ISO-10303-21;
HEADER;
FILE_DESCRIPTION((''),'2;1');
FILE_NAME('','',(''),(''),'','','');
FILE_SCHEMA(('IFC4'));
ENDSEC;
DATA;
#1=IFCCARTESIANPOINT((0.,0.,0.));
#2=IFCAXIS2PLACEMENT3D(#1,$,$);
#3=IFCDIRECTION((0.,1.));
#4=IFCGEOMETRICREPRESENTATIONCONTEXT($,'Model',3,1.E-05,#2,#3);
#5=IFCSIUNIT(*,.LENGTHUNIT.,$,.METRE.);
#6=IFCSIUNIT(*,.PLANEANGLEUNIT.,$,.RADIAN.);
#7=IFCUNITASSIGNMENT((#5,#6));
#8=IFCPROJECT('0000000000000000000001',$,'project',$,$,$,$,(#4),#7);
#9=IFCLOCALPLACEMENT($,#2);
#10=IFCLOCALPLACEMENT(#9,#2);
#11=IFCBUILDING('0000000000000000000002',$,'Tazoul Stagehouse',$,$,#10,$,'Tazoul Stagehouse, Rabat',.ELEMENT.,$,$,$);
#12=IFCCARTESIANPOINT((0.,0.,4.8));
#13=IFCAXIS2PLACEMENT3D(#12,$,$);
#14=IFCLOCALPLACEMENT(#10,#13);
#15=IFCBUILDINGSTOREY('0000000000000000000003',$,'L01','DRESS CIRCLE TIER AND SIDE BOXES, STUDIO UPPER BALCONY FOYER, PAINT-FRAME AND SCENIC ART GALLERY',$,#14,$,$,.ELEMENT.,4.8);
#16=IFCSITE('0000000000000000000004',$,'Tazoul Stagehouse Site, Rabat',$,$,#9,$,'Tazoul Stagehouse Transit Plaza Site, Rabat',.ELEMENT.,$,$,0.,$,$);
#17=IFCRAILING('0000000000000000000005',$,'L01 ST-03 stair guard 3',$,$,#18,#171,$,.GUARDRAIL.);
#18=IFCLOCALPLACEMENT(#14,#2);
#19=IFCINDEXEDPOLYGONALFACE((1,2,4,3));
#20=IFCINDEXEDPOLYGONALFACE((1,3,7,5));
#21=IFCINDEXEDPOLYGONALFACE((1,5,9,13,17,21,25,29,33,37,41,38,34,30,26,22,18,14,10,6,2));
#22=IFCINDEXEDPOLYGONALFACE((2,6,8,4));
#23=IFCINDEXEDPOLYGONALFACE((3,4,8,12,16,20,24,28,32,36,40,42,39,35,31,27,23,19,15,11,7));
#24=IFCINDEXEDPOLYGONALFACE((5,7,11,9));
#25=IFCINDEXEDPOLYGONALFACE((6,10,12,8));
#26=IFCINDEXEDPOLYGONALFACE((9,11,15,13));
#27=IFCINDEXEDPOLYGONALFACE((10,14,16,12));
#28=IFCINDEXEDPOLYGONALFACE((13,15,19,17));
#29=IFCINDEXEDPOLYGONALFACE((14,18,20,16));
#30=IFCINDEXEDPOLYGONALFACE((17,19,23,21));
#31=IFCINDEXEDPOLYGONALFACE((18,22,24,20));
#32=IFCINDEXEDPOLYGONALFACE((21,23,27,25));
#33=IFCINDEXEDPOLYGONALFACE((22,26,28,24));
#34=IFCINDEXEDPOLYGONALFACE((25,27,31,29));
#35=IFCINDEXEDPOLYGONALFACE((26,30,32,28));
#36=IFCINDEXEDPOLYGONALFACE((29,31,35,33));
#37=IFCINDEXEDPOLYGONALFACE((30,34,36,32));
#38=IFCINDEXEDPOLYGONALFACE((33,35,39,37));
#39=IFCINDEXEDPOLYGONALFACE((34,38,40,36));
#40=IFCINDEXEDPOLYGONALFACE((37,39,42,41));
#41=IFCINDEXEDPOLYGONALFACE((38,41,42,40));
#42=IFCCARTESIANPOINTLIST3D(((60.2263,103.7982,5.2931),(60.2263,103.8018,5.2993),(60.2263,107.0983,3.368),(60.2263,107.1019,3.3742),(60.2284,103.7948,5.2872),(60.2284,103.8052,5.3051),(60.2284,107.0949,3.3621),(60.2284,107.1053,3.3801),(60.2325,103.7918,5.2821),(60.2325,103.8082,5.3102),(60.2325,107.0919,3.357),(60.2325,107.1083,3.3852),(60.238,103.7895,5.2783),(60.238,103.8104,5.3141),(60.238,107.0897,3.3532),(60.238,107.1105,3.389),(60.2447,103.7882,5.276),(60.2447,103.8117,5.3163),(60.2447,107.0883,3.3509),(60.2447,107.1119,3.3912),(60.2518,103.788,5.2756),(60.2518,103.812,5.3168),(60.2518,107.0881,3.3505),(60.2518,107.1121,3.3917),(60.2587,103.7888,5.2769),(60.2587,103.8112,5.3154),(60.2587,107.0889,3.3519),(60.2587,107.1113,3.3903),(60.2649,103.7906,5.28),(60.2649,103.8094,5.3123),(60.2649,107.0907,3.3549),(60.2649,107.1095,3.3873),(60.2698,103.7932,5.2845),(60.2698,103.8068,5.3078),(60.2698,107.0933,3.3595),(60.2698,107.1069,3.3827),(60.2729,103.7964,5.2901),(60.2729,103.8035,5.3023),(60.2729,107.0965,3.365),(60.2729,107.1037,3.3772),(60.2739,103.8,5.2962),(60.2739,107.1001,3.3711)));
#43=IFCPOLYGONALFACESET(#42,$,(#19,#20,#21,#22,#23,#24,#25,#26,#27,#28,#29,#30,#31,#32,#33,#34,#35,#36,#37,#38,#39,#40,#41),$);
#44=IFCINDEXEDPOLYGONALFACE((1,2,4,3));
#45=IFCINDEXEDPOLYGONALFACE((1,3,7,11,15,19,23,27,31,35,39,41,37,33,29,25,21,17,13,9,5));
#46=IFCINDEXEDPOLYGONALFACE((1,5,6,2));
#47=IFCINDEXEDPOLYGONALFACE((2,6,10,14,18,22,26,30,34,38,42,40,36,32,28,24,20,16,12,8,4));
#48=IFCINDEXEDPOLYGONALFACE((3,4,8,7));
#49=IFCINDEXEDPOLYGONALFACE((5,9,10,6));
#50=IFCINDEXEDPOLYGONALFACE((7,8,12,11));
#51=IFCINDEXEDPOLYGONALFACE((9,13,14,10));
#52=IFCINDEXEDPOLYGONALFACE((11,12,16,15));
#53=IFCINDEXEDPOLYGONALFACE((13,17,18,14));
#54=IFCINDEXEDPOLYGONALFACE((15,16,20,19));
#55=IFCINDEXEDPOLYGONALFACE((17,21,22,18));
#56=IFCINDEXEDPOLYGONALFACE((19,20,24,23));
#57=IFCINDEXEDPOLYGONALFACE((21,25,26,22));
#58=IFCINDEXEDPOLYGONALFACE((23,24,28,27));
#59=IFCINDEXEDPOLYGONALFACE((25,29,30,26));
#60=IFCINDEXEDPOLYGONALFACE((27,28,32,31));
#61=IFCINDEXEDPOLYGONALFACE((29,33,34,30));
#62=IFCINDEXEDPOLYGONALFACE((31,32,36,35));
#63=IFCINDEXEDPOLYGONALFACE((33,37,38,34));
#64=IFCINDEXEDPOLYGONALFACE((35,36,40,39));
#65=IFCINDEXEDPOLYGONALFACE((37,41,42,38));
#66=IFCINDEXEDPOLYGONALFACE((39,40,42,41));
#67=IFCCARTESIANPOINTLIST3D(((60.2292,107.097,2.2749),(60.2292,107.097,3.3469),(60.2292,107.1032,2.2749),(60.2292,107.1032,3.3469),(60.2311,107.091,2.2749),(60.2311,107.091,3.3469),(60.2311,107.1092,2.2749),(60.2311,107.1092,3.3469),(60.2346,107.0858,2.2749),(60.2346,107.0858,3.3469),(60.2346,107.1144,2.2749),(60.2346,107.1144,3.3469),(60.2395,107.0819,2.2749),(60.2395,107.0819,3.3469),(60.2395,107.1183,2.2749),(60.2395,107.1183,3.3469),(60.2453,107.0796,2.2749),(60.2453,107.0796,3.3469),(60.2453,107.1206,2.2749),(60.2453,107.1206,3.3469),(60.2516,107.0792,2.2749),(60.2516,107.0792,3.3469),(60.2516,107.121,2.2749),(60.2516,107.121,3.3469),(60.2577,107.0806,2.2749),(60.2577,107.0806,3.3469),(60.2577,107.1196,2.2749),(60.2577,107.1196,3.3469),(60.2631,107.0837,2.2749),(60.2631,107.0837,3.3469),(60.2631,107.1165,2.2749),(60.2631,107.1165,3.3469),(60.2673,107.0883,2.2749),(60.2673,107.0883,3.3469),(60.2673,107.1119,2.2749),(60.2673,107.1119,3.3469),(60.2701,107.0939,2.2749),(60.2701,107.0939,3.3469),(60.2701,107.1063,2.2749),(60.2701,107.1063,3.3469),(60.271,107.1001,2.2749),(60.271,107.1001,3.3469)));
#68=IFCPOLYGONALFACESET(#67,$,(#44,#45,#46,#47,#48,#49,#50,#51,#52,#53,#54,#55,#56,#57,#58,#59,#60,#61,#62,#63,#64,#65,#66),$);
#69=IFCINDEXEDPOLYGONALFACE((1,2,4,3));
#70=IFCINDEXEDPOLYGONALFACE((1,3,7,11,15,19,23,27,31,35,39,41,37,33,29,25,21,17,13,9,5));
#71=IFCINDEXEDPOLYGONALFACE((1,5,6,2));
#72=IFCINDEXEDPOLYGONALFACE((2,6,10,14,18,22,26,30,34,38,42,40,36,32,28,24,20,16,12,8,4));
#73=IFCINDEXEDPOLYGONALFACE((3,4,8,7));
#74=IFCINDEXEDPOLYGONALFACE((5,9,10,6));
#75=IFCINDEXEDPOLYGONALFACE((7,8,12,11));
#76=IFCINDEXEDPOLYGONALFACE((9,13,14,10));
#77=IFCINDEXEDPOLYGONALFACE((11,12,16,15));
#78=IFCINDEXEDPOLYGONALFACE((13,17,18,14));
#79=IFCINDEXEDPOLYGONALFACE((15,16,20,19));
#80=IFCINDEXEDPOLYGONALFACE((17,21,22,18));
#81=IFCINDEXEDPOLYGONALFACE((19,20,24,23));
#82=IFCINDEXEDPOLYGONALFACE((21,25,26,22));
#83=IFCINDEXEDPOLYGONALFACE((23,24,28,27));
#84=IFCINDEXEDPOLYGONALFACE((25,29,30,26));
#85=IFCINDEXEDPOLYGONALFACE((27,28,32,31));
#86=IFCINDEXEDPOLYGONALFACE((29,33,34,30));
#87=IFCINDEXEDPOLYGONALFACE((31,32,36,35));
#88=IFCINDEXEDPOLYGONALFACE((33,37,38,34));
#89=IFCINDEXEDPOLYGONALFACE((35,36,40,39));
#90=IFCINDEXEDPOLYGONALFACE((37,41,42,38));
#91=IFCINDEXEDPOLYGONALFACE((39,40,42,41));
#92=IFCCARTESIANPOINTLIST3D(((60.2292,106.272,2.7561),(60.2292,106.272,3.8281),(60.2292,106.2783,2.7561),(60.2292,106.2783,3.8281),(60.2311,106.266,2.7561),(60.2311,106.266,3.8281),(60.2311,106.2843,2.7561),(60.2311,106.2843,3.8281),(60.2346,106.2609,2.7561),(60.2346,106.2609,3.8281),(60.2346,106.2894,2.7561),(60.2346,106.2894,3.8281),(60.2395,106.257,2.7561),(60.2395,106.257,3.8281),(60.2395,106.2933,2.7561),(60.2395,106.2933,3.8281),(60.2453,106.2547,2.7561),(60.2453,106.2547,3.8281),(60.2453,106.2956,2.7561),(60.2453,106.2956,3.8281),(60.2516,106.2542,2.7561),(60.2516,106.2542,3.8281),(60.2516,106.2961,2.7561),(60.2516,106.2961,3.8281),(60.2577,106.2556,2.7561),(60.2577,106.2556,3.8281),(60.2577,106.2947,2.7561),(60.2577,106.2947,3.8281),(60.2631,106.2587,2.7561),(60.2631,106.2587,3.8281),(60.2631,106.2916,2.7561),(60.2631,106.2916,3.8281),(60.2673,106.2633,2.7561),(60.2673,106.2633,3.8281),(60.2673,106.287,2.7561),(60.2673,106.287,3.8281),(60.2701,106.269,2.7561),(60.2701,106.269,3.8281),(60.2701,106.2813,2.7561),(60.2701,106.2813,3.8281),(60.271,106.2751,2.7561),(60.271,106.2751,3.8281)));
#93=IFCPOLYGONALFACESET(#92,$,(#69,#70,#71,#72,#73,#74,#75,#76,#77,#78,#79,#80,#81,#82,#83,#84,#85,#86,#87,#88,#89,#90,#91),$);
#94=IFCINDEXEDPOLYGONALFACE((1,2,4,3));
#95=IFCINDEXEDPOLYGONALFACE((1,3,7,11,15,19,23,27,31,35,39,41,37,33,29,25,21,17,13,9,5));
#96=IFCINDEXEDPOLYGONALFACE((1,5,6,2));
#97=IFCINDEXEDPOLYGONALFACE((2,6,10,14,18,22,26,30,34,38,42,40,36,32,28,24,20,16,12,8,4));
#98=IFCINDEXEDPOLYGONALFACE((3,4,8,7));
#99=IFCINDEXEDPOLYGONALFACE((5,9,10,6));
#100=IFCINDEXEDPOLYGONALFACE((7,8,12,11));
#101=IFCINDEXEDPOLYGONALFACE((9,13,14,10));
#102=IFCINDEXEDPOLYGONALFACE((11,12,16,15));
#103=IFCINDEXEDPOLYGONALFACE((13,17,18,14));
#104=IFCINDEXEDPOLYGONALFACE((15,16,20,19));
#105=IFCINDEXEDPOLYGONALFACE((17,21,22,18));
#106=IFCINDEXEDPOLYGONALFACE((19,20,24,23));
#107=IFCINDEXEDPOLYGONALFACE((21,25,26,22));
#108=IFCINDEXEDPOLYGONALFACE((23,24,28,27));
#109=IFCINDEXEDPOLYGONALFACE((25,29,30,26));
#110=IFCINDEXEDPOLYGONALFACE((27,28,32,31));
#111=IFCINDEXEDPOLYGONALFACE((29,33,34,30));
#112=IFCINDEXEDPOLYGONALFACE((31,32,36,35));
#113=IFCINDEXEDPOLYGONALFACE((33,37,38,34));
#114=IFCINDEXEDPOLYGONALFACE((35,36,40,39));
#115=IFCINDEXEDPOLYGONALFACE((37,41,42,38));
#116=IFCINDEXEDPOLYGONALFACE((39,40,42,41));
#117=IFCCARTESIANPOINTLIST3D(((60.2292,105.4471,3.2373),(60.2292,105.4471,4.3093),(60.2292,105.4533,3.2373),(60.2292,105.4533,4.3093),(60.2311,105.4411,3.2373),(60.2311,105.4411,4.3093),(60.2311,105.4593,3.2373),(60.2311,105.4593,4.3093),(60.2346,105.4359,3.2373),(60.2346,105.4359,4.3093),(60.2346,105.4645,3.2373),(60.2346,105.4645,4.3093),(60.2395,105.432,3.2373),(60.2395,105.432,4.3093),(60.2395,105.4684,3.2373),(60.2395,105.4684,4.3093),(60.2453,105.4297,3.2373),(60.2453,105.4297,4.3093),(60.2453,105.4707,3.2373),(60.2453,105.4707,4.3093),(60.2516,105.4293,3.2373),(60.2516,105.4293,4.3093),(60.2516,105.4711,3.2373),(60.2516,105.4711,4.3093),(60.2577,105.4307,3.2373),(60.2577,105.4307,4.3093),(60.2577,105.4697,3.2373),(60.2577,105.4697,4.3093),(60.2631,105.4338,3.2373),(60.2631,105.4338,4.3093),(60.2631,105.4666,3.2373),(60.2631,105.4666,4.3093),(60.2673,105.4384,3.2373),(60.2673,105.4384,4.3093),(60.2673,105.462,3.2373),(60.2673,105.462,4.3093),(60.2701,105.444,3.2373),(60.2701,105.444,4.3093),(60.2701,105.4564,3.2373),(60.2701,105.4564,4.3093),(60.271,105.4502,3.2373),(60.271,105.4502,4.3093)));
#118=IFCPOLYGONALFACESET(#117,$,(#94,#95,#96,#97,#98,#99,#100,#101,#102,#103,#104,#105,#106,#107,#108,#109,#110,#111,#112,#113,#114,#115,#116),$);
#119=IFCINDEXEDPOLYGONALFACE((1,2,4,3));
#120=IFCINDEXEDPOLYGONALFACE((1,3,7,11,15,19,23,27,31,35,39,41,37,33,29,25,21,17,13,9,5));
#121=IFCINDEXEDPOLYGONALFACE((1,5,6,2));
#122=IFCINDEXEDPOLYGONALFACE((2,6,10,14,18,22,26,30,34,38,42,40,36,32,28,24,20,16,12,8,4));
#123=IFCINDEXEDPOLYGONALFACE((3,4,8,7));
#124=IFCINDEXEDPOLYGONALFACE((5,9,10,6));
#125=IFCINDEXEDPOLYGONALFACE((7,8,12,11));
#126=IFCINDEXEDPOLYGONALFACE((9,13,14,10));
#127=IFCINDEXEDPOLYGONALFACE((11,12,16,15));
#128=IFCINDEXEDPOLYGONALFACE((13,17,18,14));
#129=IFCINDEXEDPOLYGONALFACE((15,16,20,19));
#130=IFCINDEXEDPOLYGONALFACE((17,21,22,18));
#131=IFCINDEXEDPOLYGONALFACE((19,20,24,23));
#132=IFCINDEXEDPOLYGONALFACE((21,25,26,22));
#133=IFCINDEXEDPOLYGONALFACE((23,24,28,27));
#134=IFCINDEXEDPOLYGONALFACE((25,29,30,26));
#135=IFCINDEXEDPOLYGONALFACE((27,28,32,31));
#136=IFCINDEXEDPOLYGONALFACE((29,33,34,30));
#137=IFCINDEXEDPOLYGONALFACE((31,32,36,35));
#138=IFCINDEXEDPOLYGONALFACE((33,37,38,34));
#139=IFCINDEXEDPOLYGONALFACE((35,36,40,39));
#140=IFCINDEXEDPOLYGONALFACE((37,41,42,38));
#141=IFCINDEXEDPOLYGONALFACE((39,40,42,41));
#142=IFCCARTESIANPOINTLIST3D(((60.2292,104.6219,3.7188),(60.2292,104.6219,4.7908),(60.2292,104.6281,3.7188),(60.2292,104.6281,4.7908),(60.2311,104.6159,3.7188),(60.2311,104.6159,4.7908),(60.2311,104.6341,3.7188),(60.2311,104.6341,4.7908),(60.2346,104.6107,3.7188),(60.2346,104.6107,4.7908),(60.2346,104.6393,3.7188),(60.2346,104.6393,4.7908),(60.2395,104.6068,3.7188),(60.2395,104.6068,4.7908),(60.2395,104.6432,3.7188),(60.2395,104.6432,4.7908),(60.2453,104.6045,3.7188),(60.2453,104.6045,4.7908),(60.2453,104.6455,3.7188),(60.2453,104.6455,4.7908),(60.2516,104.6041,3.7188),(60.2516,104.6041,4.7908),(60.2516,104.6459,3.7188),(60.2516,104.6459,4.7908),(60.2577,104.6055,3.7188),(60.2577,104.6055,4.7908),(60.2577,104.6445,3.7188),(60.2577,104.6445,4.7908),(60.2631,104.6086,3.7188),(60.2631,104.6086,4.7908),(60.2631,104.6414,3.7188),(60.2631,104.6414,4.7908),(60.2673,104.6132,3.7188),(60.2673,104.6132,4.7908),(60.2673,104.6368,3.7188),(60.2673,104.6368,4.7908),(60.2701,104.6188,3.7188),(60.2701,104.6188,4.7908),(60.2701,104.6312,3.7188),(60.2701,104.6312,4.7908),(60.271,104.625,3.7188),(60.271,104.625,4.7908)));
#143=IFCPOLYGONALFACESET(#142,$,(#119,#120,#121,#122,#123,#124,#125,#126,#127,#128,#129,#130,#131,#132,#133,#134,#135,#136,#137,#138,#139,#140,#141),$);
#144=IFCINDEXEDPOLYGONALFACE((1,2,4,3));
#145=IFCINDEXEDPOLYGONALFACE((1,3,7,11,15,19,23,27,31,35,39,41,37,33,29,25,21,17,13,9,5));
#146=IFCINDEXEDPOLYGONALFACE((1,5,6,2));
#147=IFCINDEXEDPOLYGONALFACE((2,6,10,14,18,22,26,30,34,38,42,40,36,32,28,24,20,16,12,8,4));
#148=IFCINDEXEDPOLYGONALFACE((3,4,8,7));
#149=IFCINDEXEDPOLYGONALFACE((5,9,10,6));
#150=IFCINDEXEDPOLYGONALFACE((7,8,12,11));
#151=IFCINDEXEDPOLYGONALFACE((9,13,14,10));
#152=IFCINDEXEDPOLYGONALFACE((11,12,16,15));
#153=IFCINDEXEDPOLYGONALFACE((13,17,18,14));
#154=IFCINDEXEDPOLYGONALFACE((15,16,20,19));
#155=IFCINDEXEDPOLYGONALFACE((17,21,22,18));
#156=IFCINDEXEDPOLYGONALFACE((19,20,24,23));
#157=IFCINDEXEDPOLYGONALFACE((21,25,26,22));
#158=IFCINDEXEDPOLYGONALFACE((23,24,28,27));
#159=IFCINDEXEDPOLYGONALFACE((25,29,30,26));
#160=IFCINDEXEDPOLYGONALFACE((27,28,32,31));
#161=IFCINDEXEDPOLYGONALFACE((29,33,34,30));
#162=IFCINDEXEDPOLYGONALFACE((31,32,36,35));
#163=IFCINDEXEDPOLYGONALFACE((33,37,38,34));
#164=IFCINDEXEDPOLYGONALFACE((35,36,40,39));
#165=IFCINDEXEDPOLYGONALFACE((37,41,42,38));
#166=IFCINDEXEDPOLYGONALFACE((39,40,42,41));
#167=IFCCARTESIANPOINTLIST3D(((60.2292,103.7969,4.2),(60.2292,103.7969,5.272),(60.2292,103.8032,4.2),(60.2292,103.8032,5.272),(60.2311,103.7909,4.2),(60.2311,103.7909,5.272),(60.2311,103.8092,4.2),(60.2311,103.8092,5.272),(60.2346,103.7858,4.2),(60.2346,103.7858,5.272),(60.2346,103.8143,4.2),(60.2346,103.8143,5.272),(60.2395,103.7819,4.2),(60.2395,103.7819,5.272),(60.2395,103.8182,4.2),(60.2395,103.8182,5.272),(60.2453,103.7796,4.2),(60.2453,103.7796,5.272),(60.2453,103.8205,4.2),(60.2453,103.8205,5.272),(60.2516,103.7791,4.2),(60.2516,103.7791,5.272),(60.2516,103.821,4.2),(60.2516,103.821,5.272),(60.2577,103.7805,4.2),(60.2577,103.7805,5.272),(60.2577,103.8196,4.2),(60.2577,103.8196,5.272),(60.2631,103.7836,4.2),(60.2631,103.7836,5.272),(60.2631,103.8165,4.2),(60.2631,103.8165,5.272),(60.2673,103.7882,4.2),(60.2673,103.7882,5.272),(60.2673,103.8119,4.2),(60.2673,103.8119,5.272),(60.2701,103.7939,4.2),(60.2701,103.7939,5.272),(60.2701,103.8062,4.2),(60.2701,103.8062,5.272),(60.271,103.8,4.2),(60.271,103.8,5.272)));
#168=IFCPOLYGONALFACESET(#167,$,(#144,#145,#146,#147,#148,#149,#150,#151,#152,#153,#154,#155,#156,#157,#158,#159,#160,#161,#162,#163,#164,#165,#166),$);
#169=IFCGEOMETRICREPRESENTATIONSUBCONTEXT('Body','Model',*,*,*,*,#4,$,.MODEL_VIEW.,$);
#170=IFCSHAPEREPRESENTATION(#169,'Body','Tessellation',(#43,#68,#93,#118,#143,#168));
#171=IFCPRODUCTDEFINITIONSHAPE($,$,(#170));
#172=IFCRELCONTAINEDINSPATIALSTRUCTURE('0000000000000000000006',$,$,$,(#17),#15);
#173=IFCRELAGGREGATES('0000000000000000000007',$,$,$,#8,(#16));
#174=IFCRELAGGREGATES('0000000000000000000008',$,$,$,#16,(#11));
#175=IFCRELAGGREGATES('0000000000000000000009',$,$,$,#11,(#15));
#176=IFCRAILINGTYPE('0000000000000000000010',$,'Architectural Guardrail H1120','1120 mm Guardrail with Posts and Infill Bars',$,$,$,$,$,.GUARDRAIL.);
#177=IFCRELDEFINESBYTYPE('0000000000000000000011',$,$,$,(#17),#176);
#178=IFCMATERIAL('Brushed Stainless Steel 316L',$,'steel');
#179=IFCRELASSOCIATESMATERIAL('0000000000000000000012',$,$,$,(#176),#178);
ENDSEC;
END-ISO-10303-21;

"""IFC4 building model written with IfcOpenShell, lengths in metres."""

from ifc_helpers import new_model, si_unit, direction, frame, origin, origin_2d, place, context, subcontext, project, spatial, circle, extrude, material, material_profile, profile_set, type_object, element, save


model = new_model("IFC4")

# Units and contexts
model_context = context("Model", 3, precision=1e-05, world=origin(), true_north=direction((0.0, 1.0)))
body_context = subcontext(model_context, "Body", "Model", "MODEL_VIEW")
ifc_project = project(units=[si_unit("LENGTHUNIT", "METRE"), si_unit("PLANEANGLEUNIT", "RADIAN")], contexts=[model_context])

# Site, building, storey
site_placement = place(None, origin())
site = spatial("IfcSite", under=ifc_project, at=site_placement, Name="Tazoul Stagehouse Site, Rabat", LongName="Tazoul Stagehouse Transit Plaza Site, Rabat", CompositionType="ELEMENT", RefElevation=0.0)
building_placement = place(site_placement, origin())
building = spatial("IfcBuilding", under=site, at=building_placement, Name="Tazoul Stagehouse", LongName="Tazoul Stagehouse, Rabat", CompositionType="ELEMENT")
storey_placement = place(building_placement, frame((0.0, 0.0, 4.8)))
storey = spatial("IfcBuildingStorey", under=building, at=storey_placement, Name="L01", Description="DRESS CIRCLE TIER AND SIDE BOXES, STUDIO UPPER BALCONY FOYER, PAINT-FRAME AND SCENIC ART GALLERY", CompositionType="ELEMENT", Elevation=4.8)

# Railing
ifc_material_1 = material(Name="Brushed Stainless Steel 316L", Category="steel")
ifc_material_profile_1 = material_profile(ifc_material_1, circle(Radius=0.0239, at=origin_2d()), Name="SS RAIL D48")
ifc_profile_set_1 = profile_set([ifc_material_profile_1], Name="Brushed Stainless Steel 316L")
railing_type_1 = type_object("IfcRailingType", Name="Architectural Guardrail H1120", Description="1120 mm Guardrail with Posts and Infill Bars", PredefinedType="GUARDRAIL", material=ifc_profile_set_1)
railing_1_placement = place(storey_placement, frame((60.25, 107.1001, 2.2749)))
element("IfcRailing", 1, at=railing_1_placement, inside=storey, type_object=railing_type_1, Name="L01 ST-03 stair guard 3", PredefinedType="GUARDRAIL", context=body_context, shape_type="SweptSolid", body=[
    extrude(circle(Radius=0.0239, at=origin_2d()), frame((0.0, 0.0, 1.0962), z_axis=(0.0, -0.863777, 0.503875), x_axis=(1.0, 0.0, 0.0)), (0.0, 0.0, 1.0), 3.8206),
    extrude(circle(Radius=0.021, at=origin_2d()), origin(), (0.0, 0.0, 1.0), 1.072),
    extrude(circle(Radius=0.021, at=origin_2d()), frame((0.0, -0.825, 0.4812)), (0.0, 0.0, 1.0), 1.072),
    extrude(circle(Radius=0.021, at=origin_2d()), frame((0.0, -1.6499, 0.9624)), (0.0, 0.0, 1.0), 1.072),
    extrude(circle(Radius=0.021, at=origin_2d()), frame((0.0, -2.4751, 1.4438)), (0.0, 0.0, 1.0), 1.072),
    extrude(circle(Radius=0.021, at=origin_2d()), frame((0.0, -3.3, 1.925)), (0.0, 0.0, 1.0), 1.072),
])

save(model, "model.ifc")
